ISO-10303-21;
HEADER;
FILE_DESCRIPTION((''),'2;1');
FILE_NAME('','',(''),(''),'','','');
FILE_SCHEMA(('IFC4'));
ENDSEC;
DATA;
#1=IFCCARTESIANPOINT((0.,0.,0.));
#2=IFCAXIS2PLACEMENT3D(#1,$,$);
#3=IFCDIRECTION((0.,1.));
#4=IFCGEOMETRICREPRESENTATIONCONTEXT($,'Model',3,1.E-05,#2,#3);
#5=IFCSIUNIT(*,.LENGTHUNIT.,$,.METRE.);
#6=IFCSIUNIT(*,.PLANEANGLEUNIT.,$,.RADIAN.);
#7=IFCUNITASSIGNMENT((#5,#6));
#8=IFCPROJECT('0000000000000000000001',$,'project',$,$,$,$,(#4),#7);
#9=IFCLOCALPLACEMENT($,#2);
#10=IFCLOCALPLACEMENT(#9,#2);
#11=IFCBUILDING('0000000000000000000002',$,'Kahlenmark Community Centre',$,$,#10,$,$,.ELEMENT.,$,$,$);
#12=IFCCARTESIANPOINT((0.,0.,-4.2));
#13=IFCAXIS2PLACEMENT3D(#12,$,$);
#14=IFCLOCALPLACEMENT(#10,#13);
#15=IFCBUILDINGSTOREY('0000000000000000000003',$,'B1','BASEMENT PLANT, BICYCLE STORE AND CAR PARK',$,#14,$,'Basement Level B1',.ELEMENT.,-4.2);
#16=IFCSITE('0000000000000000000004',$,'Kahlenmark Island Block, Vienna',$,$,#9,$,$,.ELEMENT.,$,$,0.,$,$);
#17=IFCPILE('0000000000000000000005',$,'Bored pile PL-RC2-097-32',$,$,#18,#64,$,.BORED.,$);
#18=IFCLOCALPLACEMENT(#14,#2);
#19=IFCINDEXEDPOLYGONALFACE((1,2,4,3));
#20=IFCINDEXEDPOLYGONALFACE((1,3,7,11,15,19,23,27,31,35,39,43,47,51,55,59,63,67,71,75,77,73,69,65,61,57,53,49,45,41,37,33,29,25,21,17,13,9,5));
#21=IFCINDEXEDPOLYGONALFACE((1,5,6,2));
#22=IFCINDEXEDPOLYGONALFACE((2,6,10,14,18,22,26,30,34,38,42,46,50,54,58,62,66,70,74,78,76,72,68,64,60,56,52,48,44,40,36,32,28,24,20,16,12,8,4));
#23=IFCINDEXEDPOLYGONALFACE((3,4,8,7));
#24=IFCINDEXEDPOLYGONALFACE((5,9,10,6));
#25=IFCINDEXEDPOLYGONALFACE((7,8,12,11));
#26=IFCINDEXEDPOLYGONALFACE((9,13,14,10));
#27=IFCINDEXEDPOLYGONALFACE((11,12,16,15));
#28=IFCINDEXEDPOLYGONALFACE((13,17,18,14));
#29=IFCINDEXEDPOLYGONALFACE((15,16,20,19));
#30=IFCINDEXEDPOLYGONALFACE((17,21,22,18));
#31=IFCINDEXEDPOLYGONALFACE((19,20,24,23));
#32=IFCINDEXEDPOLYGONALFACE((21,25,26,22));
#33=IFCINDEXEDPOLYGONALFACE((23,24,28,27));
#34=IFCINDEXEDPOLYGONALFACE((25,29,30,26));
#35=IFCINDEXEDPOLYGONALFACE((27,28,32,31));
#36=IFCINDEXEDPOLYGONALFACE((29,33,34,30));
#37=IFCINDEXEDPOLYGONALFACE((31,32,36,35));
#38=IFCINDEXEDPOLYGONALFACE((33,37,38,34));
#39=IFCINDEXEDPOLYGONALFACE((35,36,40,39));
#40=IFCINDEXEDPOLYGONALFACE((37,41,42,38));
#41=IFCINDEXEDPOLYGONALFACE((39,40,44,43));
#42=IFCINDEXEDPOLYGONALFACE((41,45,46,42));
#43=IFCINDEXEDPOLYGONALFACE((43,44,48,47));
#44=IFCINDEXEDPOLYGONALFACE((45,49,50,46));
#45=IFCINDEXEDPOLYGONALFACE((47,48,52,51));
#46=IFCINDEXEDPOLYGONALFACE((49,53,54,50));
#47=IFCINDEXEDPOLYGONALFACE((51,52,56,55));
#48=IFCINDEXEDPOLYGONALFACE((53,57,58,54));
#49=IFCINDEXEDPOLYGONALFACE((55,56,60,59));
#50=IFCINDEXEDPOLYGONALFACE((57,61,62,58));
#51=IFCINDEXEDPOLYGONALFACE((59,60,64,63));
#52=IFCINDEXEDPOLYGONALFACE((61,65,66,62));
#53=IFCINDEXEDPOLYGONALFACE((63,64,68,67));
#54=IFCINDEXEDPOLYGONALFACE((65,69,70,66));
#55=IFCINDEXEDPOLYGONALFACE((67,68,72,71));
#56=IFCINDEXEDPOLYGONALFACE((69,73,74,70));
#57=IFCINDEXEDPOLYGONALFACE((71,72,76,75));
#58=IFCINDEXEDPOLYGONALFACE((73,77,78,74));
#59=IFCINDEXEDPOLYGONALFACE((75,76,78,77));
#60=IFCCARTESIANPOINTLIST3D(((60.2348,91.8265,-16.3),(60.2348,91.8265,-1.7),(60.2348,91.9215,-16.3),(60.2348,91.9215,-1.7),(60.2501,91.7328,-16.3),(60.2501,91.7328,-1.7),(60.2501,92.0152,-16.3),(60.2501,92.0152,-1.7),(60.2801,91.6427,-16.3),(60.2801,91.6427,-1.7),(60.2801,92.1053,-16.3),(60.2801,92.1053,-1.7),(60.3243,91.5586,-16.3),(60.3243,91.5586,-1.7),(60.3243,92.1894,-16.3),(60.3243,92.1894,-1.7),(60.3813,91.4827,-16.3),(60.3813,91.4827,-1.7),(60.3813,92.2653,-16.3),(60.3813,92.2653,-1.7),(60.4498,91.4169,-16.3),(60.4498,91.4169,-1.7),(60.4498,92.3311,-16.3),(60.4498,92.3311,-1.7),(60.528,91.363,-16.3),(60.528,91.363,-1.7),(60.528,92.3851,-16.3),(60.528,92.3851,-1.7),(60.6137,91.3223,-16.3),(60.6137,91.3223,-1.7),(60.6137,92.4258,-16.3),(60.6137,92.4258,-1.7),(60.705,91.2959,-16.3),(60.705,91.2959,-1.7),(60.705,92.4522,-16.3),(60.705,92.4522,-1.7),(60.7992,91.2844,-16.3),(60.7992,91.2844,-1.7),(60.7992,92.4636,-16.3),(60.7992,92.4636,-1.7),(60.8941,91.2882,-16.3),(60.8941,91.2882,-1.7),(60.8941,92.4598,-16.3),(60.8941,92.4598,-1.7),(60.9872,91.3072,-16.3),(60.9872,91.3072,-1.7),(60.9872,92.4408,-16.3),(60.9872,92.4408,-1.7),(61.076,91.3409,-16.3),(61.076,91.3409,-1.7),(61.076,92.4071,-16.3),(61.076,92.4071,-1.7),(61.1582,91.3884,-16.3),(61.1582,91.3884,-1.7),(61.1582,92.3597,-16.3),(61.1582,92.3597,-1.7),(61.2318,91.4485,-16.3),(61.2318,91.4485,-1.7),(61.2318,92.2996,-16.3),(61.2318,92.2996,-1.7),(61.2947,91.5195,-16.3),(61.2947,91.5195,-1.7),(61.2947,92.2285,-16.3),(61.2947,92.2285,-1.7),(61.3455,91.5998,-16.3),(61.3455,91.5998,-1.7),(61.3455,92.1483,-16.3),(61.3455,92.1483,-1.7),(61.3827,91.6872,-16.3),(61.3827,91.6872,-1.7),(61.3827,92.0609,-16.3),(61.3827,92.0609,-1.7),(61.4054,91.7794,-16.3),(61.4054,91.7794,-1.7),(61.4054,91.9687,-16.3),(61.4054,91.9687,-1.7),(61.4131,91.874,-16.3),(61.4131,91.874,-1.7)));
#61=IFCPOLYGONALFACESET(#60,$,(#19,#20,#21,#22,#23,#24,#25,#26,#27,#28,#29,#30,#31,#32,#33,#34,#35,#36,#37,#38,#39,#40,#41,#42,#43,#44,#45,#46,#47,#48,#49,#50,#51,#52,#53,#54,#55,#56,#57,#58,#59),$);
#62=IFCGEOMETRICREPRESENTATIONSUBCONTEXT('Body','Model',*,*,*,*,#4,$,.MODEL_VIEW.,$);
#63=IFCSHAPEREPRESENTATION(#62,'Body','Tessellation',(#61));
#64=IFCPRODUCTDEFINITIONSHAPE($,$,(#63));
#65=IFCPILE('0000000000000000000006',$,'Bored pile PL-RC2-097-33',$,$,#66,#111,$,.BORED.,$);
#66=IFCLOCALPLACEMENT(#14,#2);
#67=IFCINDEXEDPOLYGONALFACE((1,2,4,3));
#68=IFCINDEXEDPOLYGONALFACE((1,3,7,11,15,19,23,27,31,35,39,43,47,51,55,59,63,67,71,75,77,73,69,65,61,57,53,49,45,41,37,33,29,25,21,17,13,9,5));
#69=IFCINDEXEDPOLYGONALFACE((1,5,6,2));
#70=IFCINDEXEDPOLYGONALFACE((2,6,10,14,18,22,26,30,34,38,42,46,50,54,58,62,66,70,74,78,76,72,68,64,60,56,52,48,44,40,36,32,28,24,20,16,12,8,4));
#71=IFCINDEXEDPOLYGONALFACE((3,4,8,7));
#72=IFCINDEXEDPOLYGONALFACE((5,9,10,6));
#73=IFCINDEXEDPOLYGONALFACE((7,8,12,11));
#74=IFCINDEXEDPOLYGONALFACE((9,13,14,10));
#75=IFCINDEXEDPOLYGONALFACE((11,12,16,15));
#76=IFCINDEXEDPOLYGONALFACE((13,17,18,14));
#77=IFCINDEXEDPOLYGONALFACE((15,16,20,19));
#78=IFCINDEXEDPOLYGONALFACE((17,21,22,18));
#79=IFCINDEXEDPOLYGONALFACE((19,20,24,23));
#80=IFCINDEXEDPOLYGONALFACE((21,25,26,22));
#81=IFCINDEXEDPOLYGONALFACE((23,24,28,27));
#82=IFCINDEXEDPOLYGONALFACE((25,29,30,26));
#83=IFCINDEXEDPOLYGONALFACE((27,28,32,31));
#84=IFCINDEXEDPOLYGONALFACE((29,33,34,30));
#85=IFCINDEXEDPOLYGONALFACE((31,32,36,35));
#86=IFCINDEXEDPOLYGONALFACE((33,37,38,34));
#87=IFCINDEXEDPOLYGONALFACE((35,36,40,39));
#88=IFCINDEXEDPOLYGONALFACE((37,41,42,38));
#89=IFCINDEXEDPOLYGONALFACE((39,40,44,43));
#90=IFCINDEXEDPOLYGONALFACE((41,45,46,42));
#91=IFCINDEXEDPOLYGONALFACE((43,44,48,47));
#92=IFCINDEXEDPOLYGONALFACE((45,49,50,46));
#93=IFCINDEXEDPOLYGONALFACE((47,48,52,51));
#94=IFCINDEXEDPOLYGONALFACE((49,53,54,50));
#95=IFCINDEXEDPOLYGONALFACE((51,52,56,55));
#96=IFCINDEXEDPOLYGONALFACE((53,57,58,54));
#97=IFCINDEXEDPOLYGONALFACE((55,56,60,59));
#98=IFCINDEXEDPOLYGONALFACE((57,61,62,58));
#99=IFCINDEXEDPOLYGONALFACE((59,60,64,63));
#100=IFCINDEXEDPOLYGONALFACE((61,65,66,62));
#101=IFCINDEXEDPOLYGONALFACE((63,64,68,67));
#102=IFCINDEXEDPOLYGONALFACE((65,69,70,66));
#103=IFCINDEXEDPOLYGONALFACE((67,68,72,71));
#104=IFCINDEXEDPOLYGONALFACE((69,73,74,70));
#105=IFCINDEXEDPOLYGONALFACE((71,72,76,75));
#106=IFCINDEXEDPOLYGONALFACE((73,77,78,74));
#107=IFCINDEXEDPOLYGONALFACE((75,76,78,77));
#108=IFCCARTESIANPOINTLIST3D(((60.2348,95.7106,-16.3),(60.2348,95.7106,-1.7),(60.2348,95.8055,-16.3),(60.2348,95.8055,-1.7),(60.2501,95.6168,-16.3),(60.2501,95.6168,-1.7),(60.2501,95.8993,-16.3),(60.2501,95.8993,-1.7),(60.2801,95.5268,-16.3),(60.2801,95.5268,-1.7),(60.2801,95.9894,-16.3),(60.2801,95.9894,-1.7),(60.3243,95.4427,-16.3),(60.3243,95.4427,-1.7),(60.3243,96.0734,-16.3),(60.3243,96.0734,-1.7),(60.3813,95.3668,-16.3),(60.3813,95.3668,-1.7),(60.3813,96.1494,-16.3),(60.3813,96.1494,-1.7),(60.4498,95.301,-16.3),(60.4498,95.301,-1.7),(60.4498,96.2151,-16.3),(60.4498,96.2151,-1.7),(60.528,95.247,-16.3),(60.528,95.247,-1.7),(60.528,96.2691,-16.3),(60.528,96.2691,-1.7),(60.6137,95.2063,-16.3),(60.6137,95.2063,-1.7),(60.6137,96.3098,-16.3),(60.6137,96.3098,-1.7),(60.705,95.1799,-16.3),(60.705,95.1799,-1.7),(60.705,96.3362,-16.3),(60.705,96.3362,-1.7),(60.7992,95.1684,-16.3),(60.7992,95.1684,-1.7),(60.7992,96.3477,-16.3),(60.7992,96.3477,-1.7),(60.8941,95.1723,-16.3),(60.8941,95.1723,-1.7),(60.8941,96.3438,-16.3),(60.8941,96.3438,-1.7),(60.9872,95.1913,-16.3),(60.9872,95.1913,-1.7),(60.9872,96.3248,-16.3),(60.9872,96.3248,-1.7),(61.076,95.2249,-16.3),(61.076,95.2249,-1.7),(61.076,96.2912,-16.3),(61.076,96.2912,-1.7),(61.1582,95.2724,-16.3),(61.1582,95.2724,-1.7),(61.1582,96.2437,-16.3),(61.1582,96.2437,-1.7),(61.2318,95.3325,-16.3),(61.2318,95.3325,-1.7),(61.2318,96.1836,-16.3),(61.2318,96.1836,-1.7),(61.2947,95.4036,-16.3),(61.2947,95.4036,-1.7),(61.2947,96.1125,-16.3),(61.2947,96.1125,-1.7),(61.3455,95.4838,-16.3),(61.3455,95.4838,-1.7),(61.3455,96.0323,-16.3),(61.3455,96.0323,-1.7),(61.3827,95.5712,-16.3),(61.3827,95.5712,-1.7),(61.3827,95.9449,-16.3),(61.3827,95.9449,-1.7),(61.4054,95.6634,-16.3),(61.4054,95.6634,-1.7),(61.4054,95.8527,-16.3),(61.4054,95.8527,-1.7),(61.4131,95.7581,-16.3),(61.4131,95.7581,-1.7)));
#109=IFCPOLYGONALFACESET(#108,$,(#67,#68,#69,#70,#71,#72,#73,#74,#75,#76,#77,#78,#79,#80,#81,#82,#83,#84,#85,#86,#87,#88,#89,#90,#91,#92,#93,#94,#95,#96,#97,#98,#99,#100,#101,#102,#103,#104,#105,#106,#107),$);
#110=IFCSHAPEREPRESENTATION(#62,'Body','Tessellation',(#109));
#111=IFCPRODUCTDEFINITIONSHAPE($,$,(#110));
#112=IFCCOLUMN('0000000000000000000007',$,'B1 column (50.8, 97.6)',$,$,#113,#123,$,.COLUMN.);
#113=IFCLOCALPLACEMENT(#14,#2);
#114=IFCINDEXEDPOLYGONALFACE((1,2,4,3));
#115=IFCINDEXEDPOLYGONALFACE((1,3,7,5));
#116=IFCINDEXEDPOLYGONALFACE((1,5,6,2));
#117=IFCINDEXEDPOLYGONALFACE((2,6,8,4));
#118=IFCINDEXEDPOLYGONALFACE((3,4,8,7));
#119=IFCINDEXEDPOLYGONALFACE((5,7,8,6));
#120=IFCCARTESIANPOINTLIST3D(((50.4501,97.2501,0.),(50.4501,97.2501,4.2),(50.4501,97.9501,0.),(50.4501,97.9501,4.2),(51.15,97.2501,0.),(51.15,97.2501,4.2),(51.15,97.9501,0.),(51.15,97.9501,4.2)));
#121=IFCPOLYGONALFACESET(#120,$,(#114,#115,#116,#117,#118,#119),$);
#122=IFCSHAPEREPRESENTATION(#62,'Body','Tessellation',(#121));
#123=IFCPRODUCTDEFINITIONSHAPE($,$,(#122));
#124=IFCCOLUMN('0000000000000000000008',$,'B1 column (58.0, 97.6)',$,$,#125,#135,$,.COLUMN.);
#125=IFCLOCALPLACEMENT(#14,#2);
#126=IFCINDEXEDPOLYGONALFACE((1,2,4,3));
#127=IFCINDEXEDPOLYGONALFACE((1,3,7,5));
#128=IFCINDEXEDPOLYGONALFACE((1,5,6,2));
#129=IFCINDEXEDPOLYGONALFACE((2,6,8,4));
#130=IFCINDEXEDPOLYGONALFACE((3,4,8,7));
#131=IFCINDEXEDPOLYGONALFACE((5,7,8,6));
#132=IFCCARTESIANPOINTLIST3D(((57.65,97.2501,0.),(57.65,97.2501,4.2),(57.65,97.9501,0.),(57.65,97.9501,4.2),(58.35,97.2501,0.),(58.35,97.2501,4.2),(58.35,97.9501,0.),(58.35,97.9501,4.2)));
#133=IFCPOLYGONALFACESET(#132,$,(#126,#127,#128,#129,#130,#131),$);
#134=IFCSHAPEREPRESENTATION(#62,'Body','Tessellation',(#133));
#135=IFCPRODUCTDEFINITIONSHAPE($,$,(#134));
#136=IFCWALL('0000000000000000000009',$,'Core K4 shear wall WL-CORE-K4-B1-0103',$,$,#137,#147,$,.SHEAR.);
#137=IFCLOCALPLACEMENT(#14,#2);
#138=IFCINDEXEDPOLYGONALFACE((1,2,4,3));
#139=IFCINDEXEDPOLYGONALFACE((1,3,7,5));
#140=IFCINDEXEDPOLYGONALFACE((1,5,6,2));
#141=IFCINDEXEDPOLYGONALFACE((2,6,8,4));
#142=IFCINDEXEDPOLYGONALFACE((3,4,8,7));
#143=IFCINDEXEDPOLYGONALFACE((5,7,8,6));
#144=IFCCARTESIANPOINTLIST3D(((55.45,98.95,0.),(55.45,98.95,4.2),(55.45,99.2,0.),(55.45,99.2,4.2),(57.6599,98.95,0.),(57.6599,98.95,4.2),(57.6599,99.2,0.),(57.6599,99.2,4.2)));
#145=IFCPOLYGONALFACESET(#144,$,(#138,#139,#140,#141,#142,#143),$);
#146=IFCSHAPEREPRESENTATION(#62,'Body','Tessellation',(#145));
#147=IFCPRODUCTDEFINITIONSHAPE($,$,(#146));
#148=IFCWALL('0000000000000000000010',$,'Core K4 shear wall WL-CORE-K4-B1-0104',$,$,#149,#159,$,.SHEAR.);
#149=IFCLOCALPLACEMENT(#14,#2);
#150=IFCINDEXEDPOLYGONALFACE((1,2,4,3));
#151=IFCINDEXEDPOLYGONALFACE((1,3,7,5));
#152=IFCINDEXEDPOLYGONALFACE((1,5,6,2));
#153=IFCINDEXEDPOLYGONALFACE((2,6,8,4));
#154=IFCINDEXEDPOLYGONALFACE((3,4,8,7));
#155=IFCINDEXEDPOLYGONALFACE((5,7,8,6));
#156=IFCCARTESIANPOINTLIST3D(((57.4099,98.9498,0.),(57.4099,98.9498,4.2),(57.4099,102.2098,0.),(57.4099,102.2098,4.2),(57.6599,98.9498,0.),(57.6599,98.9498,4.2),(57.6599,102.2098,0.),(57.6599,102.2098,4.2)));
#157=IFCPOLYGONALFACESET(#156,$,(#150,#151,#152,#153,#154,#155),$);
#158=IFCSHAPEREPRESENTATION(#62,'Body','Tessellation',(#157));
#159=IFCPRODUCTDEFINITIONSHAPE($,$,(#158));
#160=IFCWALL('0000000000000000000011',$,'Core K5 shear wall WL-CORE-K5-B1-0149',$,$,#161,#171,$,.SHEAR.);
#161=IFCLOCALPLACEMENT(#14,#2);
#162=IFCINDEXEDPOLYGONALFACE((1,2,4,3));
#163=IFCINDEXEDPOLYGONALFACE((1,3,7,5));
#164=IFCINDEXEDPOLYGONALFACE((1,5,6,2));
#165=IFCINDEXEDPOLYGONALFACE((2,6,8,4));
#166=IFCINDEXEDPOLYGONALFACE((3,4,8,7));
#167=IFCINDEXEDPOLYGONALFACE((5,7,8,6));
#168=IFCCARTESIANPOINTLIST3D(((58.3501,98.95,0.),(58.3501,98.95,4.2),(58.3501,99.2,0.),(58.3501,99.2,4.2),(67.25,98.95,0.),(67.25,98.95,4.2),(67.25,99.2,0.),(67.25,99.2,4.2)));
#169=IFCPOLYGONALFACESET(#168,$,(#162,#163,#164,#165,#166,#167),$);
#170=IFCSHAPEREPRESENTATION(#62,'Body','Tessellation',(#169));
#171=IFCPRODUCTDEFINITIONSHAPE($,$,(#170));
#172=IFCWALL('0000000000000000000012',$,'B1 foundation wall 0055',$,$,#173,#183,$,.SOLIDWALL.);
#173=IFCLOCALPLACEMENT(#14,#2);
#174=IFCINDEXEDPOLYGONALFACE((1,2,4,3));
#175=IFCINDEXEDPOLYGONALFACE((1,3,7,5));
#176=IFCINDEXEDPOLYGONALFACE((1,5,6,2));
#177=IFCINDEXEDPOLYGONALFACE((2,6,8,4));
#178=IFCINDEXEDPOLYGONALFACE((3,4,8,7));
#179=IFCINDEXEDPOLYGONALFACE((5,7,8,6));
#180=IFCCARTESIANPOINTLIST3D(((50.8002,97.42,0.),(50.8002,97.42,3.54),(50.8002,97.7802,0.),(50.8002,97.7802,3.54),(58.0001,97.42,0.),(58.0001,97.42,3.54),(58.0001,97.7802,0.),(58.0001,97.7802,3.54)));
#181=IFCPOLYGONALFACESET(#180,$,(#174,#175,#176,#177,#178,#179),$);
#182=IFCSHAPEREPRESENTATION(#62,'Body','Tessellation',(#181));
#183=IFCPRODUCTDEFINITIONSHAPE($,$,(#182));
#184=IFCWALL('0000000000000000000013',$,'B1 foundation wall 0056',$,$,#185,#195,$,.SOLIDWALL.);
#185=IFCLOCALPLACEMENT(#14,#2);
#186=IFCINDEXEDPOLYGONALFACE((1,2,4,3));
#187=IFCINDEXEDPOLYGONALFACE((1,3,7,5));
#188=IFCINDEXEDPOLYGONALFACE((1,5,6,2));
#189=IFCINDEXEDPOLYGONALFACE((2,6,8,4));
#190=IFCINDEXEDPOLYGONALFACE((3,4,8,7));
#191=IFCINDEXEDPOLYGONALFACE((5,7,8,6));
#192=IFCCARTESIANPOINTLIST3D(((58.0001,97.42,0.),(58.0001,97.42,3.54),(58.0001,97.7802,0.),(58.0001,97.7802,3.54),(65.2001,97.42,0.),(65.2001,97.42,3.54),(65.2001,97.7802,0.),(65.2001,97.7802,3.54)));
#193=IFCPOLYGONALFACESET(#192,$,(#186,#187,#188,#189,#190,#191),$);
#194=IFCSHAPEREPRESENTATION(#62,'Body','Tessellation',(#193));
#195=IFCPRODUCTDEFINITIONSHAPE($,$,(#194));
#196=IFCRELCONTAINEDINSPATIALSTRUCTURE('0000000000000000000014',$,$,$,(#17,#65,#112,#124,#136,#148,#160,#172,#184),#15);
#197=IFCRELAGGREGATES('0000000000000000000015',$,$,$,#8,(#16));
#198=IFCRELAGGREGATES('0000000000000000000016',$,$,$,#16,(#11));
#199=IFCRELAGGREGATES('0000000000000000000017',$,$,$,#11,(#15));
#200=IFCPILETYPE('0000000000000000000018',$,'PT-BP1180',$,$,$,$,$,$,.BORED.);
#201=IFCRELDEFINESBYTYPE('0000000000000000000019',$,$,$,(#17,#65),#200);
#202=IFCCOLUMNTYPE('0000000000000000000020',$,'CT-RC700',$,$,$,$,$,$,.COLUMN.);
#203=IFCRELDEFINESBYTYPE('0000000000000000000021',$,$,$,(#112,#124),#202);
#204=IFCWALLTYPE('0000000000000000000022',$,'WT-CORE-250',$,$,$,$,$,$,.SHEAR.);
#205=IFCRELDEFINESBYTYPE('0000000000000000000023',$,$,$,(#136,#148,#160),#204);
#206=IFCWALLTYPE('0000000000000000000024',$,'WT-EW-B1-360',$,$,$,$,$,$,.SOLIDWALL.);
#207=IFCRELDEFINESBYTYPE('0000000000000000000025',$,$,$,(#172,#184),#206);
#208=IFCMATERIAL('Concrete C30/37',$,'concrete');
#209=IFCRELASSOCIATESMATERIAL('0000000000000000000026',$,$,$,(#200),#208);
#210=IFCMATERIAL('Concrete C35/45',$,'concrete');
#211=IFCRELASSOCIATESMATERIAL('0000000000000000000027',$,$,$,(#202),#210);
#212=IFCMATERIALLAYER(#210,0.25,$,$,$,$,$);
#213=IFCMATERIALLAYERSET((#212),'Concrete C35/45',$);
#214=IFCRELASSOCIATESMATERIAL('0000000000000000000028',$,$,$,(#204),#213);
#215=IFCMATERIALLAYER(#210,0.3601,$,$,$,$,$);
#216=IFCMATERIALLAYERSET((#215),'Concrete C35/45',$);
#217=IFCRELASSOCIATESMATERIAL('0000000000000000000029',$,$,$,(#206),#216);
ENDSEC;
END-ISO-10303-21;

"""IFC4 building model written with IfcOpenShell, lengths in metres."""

from ifc_helpers import new_model, si_unit, direction, frame, frame_2d, origin, origin_2d, place, context, subcontext, project, spatial, rectangle, circle, extrude, material, layer, layer_set, material_profile, profile_set, type_object, element, save


model = new_model("IFC4")

# Units and contexts
model_context = context("Model", 3, precision=1e-05, world=origin(), true_north=direction((0.0, 1.0)))
body_context = subcontext(model_context, "Body", "Model", "MODEL_VIEW")
ifc_project = project(units=[si_unit("LENGTHUNIT", "METRE"), si_unit("PLANEANGLEUNIT", "RADIAN")], contexts=[model_context])

# Site, building, storey
site_placement = place(None, origin())
site = spatial("IfcSite", under=ifc_project, at=site_placement, Name="Kahlenmark Island Block, Vienna", CompositionType="ELEMENT", RefElevation=0.0)
building_placement = place(site_placement, origin())
building = spatial("IfcBuilding", under=site, at=building_placement, Name="Kahlenmark Community Centre", CompositionType="ELEMENT")
storey_placement = place(building_placement, frame((0.0, 0.0, -4.2)))
storey = spatial("IfcBuildingStorey", under=building, at=storey_placement, Name="B1", Description="BASEMENT PLANT, BICYCLE STORE AND CAR PARK", LongName="Basement Level B1", CompositionType="ELEMENT", Elevation=-4.2)

# Shared definitions
ifc_material_1 = material(Name="Concrete C30/37", Category="concrete")

# Piles
ifc_material_profile_1 = material_profile(ifc_material_1, circle(Radius=0.5901, at=origin_2d()), Name="BORED PILE 1180")
ifc_profile_set_1 = profile_set([ifc_material_profile_1], Name="Concrete C30/37")
pile_type = type_object("IfcPileType", Name="PT-BP1180", PredefinedType="BORED", material=ifc_profile_set_1)
for number, where, z_axis, x_axis, name in (
    (1, (60.823, 91.874, -1.7), (0.0, 0.0, -1.0), (1.0, 0.0, 0.0), "Bored pile PL-RC2-097-32"),
    (2, (60.823, 95.7581, -1.7), (0.0, 0.0, -1.0), (1.0, 0.0, 0.0), "Bored pile PL-RC2-097-33"),
):
    element("IfcPile", number, at=place(storey_placement, frame(where, z_axis=z_axis, x_axis=x_axis)), inside=storey, type_object=pile_type, Name=name, PredefinedType="BORED", context=body_context, shape_type="SweptSolid", body=[
        extrude(circle(Radius=0.5901, at=origin_2d()), origin(), (0.0, 0.0, 1.0), 14.6001),
    ])

# Columns
ifc_material_2 = material(Name="Concrete C35/45", Category="concrete")
ifc_material_profile_2 = material_profile(ifc_material_2, rectangle(XDim=0.7, YDim=0.7, at=origin_2d()), Name="RC 700x700")
ifc_profile_set_2 = profile_set([ifc_material_profile_2], Name="Concrete C35/45")
column_type = type_object("IfcColumnType", Name="CT-RC700", PredefinedType="COLUMN", material=ifc_profile_set_2)
for number, where, z_axis, x_axis, name in (
    (3, (50.8, 97.6001, 0.0), (0.0, 0.0, 1.0), (1.0, 0.0, 0.0), "B1 column (50.8, 97.6)"),
    (4, (58.0, 97.6001, 0.0), (0.0, 0.0, 1.0), (1.0, 0.0, 0.0), "B1 column (58.0, 97.6)"),
):
    element("IfcColumn", number, at=place(storey_placement, frame(where, z_axis=z_axis, x_axis=x_axis)), inside=storey, type_object=column_type, Name=name, PredefinedType="COLUMN", context=body_context, shape_type="SweptSolid", body=[
        extrude(rectangle(XDim=0.7, YDim=0.7, at=origin_2d()), origin(), (0.0, 0.0, 1.0), 4.2),
    ])

# Walls
ifc_layer_1 = layer(ifc_material_2, 0.25)
ifc_layer_set_1 = layer_set([ifc_layer_1], Name="Concrete C35/45")
wall_type_1 = type_object("IfcWallType", Name="WT-CORE-250", PredefinedType="SHEAR", material=ifc_layer_set_1)
wall_1_placement = place(storey_placement, frame((55.45, 99.075, 0.0), z_axis=(0.0, 0.0, 1.0), x_axis=(1.0, 0.0, 0.0)))
element("IfcWall", 5, at=wall_1_placement, inside=storey, type_object=wall_type_1, Name="Core K4 shear wall WL-CORE-K4-B1-0103", PredefinedType="SHEAR", context=body_context, shape_type="SweptSolid", body=[
    extrude(rectangle(XDim=2.21, YDim=0.25, at=frame_2d((1.105, 0.0))), origin(), (0.0, 0.0, 1.0), 4.2),
])
wall_2_placement = place(storey_placement, frame((57.5349, 98.95, 0.0), z_axis=(0.0, 0.0, 1.0), x_axis=(0.0, 1.0, 0.0)))
element("IfcWall", 6, at=wall_2_placement, inside=storey, type_object=wall_type_1, Name="Core K4 shear wall WL-CORE-K4-B1-0104", PredefinedType="SHEAR", context=body_context, shape_type="SweptSolid", body=[
    extrude(rectangle(XDim=3.26, YDim=0.25, at=frame_2d((1.6299, 0.0))), origin(), (0.0, 0.0, 1.0), 4.2),
])
wall_3_placement = place(storey_placement, frame((58.3501, 99.075, 0.0), z_axis=(0.0, 0.0, 1.0), x_axis=(1.0, 0.0, 0.0)))
element("IfcWall", 7, at=wall_3_placement, inside=storey, type_object=wall_type_1, Name="Core K5 shear wall WL-CORE-K5-B1-0149", PredefinedType="SHEAR", context=body_context, shape_type="SweptSolid", body=[
    extrude(rectangle(XDim=8.8999, YDim=0.25, at=frame_2d((4.45, 0.0))), origin(), (0.0, 0.0, 1.0), 4.2),
])
ifc_layer_2 = layer(ifc_material_2, 0.3601)
ifc_layer_set_2 = layer_set([ifc_layer_2], Name="Concrete C35/45")
wall_type_2 = type_object("IfcWallType", Name="WT-EW-B1-360", PredefinedType="SOLIDWALL", material=ifc_layer_set_2)
for number, where, z_axis, x_axis, name in (
    (8, (50.8, 97.6001, 0.0), (0.0, 0.0, 1.0), (1.0, 0.0, 0.0), "B1 foundation wall 0055"),
    (9, (58.0, 97.6001, 0.0), (0.0, 0.0, 1.0), (1.0, 0.0, 0.0), "B1 foundation wall 0056"),
):
    element("IfcWall", number, at=place(storey_placement, frame(where, z_axis=z_axis, x_axis=x_axis)), inside=storey, type_object=wall_type_2, Name=name, PredefinedType="SOLIDWALL", context=body_context, shape_type="SweptSolid", body=[
        extrude(rectangle(XDim=7.2, YDim=0.3601, at=frame_2d((3.6001, 0.0))), origin(), (0.0, 0.0, 1.0), 3.54),
    ])

save(model, "model.ifc")
